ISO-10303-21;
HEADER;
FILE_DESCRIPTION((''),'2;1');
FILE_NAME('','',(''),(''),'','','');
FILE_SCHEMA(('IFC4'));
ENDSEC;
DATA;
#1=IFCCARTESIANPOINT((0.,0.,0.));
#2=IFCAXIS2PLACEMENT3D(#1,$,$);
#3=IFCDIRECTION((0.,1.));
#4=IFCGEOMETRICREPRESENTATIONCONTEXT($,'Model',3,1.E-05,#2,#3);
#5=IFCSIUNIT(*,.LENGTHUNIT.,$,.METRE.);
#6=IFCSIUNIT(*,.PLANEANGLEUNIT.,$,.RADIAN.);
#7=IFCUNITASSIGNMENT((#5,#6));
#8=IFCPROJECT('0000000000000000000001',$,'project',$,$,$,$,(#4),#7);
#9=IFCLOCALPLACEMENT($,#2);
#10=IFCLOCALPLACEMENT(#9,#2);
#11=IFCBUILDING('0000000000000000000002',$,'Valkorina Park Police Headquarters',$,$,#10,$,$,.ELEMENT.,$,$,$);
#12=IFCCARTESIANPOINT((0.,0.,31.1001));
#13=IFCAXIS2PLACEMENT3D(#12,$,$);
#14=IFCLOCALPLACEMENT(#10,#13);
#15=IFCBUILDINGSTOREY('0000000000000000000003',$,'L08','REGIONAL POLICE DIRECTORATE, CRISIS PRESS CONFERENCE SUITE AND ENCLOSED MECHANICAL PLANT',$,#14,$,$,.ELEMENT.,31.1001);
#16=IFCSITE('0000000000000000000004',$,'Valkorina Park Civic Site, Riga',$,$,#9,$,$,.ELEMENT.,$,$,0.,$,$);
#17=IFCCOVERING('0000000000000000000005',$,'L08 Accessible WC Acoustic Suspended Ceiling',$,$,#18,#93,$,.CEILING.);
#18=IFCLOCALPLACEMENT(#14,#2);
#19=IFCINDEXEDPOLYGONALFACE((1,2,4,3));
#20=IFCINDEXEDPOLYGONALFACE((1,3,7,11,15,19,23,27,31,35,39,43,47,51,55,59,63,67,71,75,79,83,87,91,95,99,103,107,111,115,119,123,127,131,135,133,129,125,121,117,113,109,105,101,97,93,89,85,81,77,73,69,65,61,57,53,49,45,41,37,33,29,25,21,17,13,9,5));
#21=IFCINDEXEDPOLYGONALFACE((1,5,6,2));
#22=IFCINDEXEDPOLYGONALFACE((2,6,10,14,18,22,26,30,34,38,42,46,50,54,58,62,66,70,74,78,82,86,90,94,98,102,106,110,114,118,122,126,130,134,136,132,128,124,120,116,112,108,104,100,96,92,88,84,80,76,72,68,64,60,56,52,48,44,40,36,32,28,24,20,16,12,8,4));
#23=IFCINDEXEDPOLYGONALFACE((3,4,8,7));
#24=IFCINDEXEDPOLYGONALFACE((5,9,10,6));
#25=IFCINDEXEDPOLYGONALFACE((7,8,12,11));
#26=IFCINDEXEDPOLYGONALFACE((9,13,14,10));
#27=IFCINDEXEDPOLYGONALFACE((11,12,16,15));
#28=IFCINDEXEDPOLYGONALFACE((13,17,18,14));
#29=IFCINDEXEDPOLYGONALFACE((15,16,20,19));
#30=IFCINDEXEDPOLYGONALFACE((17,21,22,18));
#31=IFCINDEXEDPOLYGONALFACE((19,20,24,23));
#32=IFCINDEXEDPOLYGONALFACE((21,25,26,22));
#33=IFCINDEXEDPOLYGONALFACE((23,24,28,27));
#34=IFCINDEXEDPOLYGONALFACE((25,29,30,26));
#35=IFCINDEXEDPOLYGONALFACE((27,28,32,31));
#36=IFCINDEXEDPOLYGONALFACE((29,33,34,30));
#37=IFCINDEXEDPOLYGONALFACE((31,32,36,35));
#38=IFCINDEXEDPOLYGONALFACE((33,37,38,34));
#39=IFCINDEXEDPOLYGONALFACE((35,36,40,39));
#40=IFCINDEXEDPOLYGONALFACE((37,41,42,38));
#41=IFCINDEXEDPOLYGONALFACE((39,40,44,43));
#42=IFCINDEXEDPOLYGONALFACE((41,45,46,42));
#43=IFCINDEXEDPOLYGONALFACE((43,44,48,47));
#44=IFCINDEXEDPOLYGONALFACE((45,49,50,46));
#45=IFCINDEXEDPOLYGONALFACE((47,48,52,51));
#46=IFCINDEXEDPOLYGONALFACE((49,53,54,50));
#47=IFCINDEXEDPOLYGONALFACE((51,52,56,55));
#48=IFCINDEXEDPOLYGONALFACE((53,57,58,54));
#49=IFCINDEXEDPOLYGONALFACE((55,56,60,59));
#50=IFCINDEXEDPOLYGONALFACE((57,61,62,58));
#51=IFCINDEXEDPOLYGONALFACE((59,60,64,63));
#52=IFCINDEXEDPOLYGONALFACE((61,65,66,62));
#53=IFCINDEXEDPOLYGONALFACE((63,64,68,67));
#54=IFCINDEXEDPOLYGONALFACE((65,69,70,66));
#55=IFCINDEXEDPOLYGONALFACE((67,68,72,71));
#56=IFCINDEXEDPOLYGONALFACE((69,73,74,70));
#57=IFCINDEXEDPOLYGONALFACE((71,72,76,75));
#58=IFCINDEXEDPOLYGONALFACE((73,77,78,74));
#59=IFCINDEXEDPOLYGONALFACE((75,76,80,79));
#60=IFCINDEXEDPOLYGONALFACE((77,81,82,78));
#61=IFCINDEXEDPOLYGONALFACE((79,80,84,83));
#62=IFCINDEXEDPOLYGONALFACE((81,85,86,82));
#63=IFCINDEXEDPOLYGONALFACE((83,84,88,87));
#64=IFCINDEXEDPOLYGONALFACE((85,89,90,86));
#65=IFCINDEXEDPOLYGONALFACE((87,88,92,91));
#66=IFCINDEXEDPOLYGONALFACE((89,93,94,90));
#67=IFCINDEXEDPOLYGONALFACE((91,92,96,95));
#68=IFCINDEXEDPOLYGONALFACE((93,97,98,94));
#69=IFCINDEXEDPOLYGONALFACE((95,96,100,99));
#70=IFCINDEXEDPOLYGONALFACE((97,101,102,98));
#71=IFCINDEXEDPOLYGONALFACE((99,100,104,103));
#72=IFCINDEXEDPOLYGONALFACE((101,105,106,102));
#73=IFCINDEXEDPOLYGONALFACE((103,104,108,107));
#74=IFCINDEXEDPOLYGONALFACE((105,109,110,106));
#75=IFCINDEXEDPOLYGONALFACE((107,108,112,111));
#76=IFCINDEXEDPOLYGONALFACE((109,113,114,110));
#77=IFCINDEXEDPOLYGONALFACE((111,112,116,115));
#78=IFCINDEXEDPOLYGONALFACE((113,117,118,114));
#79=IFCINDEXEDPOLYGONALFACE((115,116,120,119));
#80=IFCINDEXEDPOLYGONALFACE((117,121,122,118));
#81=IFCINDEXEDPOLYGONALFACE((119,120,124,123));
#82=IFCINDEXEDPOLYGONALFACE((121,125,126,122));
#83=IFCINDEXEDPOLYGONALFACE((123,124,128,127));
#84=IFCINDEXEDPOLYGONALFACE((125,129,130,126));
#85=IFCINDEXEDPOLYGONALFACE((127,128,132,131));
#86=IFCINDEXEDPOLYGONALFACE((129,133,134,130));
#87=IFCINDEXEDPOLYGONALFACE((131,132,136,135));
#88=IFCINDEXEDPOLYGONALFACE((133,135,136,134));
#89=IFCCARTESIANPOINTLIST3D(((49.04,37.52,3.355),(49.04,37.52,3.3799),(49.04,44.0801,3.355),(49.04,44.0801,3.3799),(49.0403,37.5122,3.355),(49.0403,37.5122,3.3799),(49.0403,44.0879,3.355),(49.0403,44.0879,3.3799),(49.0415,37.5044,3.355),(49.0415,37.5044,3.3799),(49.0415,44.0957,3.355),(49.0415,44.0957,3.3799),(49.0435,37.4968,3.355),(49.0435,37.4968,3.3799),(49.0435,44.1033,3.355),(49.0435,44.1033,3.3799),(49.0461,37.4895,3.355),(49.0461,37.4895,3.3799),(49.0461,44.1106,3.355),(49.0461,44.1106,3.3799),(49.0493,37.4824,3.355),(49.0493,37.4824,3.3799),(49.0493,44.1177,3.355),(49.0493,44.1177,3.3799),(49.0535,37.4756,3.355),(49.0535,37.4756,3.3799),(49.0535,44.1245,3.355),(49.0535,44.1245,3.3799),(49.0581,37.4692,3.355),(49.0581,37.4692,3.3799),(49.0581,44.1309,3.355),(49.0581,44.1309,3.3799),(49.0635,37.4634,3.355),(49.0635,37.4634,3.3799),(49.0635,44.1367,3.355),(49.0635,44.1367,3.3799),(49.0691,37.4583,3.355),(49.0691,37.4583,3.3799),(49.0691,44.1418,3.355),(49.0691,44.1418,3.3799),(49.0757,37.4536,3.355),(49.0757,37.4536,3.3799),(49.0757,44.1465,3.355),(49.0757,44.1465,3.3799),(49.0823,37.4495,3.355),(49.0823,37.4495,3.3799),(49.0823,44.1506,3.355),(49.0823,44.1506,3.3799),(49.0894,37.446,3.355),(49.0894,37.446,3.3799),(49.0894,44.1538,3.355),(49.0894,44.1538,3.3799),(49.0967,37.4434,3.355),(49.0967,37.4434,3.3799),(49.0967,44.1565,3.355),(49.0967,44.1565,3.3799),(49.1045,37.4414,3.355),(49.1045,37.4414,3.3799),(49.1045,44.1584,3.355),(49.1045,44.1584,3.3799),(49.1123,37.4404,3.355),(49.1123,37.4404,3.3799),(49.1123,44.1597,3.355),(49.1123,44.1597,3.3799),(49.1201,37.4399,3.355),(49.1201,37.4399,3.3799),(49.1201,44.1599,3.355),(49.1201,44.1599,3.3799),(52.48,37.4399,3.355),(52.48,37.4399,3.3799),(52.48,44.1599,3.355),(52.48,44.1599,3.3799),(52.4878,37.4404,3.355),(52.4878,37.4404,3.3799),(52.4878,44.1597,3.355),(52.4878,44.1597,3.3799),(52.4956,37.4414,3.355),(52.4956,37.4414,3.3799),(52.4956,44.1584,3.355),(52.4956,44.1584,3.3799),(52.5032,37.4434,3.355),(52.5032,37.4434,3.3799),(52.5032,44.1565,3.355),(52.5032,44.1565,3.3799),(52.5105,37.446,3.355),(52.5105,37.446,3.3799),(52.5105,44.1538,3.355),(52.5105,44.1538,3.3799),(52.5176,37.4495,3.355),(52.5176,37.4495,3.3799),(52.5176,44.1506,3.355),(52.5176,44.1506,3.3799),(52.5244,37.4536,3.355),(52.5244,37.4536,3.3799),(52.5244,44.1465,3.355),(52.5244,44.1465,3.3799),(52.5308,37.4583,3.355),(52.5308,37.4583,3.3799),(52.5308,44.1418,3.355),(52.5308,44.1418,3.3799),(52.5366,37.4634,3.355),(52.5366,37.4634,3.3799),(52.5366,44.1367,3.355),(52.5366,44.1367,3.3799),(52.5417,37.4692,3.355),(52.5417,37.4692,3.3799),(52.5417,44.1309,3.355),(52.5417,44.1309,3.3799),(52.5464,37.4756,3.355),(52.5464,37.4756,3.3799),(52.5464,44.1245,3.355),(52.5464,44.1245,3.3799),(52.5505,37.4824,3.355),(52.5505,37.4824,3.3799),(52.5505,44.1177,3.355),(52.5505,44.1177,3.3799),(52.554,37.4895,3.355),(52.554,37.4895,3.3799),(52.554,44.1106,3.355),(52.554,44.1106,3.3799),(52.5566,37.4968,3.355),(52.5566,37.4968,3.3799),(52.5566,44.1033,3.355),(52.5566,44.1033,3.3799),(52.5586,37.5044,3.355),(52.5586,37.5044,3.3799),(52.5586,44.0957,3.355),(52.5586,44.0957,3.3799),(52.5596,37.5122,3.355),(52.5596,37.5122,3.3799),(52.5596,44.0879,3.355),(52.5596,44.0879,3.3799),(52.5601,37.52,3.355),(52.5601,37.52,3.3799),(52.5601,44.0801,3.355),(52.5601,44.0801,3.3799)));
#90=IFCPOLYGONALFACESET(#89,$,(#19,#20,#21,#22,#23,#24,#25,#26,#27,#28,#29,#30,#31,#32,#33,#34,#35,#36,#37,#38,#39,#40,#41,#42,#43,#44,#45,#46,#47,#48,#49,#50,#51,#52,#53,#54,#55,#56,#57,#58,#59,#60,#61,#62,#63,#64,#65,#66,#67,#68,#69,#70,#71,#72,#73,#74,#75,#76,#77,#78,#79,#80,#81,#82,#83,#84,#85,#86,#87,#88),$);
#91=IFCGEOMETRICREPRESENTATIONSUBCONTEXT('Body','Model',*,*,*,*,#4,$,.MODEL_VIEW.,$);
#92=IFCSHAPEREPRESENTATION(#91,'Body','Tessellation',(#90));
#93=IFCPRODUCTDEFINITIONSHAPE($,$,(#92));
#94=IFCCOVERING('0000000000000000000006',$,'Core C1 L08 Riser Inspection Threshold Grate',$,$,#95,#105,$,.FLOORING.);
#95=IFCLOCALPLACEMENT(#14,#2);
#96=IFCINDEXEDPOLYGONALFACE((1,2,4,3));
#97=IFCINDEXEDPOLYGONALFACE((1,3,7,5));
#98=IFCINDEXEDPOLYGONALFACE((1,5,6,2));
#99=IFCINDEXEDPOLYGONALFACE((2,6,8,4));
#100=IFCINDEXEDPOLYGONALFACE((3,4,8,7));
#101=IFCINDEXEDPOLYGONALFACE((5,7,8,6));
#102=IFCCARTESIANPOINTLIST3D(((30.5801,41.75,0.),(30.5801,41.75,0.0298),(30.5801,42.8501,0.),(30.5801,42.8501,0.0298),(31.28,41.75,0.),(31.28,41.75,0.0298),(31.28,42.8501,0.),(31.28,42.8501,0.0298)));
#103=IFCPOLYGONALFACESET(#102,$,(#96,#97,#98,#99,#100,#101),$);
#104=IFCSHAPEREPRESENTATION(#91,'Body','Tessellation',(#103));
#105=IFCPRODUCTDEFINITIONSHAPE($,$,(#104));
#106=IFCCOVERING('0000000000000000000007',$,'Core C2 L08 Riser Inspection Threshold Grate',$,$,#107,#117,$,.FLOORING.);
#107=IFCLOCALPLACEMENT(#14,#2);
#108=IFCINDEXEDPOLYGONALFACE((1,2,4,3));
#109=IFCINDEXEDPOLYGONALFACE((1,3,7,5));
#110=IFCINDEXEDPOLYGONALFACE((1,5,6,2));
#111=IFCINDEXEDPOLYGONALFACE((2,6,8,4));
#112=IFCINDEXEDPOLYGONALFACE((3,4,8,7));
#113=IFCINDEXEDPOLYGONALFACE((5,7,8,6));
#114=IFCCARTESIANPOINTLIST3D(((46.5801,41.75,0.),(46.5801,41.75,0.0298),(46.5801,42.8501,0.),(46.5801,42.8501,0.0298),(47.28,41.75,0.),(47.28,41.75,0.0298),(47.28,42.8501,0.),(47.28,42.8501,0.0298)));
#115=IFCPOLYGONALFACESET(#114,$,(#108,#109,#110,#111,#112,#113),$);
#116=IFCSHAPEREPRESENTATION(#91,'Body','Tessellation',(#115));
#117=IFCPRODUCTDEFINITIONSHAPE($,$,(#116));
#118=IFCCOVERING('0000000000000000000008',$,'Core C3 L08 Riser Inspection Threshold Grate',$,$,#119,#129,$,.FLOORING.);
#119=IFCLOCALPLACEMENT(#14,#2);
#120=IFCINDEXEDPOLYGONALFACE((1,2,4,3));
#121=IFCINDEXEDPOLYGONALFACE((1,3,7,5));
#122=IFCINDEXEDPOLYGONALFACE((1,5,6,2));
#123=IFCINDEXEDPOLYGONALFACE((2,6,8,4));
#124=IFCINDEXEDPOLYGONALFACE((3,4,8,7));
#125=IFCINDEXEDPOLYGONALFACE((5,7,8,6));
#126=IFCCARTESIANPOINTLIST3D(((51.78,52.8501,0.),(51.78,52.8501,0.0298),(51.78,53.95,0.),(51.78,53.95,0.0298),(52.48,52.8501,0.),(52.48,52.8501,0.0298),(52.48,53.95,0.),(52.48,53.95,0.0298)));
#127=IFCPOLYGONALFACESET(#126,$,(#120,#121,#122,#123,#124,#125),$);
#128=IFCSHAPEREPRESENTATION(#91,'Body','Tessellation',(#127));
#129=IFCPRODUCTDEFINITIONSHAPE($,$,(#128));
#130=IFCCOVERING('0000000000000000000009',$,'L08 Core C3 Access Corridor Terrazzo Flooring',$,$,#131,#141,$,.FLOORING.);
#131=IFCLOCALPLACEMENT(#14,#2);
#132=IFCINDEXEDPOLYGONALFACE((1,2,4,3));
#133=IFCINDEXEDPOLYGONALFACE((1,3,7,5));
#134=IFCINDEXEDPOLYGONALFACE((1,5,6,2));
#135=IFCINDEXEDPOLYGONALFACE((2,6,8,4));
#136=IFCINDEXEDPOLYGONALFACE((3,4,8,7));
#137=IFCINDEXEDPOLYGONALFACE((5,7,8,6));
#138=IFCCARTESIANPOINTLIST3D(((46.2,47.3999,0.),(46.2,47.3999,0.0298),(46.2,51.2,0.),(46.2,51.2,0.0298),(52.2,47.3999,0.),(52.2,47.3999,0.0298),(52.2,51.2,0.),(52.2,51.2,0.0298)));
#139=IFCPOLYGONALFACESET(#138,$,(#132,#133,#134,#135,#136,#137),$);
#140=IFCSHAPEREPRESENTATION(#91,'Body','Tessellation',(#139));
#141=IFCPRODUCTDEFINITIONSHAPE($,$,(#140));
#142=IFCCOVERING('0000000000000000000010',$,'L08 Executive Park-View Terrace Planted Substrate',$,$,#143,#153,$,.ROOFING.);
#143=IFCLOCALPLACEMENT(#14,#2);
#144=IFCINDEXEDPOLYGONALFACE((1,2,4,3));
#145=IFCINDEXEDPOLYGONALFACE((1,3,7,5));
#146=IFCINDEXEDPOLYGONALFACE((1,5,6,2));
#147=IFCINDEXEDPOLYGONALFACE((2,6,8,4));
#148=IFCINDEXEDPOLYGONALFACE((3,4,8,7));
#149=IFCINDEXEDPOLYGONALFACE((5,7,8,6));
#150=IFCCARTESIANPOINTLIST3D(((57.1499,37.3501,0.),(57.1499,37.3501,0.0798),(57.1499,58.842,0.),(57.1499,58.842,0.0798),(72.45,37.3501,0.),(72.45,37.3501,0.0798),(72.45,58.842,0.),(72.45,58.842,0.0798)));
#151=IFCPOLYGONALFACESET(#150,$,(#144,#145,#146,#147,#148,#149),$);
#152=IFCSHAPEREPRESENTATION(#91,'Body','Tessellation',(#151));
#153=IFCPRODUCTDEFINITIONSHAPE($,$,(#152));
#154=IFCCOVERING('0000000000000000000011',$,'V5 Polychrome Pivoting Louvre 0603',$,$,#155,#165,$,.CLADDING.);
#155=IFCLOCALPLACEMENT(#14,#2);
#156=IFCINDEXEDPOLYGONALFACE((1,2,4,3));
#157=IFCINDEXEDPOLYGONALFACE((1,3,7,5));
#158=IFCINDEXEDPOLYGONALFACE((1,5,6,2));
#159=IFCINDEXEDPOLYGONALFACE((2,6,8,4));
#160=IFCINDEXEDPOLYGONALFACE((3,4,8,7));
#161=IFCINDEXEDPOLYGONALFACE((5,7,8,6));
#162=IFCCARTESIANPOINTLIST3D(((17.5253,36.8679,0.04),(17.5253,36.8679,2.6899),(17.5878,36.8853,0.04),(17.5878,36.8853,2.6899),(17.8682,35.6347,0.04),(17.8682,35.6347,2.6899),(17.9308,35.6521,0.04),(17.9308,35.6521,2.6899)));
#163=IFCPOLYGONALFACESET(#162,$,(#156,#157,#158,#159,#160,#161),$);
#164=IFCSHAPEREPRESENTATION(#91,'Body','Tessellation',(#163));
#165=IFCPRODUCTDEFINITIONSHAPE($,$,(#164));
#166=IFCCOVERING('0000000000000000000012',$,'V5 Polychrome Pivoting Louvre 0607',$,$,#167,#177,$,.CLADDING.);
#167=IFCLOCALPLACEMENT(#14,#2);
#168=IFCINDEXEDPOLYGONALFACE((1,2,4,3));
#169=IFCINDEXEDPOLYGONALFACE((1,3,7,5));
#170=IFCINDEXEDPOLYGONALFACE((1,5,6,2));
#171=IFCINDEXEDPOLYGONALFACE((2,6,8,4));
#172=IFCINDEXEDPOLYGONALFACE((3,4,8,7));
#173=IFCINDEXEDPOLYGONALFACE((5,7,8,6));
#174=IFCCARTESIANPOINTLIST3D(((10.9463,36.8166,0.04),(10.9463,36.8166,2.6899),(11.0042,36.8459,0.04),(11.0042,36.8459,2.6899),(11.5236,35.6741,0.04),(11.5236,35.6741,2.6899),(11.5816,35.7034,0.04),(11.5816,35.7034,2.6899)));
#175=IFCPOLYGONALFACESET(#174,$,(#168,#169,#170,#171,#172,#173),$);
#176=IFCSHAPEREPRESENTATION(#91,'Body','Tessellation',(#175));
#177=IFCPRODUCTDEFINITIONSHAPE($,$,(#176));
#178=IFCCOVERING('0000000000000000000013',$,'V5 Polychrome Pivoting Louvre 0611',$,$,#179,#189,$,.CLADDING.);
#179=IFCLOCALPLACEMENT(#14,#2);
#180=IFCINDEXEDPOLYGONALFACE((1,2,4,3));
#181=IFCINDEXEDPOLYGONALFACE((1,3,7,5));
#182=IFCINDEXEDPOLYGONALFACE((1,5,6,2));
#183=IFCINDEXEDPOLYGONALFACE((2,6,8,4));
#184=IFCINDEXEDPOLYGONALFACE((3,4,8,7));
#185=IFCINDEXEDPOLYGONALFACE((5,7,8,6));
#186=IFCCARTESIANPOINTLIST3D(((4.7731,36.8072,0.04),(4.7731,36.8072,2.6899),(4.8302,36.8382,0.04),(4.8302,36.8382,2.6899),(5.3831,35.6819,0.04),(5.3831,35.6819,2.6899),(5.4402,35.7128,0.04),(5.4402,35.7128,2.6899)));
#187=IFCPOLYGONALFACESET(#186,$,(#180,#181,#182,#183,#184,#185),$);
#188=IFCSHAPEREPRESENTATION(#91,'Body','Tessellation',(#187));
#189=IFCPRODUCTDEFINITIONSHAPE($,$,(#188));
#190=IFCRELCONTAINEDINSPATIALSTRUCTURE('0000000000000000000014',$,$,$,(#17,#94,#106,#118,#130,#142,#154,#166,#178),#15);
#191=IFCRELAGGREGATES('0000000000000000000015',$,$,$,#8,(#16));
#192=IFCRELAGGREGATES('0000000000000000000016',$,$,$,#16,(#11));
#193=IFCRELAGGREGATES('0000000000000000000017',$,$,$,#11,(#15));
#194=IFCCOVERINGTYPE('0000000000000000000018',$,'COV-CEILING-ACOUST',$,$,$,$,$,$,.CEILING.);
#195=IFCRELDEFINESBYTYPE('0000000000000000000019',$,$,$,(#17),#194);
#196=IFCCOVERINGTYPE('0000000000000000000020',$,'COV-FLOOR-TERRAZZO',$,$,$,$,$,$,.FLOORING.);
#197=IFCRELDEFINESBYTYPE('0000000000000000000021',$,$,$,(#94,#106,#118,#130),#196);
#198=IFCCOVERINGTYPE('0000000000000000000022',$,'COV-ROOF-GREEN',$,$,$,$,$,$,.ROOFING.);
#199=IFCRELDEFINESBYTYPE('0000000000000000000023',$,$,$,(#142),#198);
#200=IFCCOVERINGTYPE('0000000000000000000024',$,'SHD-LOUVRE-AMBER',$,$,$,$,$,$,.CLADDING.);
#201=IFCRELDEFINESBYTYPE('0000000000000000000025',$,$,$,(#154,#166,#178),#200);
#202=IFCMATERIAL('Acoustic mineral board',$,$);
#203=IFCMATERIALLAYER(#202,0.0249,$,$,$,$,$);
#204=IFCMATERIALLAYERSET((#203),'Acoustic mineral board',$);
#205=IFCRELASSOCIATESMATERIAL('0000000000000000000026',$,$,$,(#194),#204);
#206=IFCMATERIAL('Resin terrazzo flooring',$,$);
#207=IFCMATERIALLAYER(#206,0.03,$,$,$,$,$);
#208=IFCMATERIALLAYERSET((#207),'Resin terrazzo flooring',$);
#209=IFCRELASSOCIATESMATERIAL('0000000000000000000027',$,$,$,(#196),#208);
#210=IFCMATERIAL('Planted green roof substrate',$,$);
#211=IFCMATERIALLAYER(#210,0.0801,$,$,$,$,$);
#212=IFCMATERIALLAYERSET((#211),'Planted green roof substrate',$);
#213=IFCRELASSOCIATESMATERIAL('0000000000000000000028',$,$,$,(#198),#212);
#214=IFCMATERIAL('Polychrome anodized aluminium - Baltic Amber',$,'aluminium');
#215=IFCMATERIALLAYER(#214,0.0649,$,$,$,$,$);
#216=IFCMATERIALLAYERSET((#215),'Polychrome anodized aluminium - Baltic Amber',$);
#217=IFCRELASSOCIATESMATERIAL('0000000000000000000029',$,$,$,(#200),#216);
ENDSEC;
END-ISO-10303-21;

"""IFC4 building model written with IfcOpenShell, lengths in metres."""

from ifc_helpers import new_model, si_unit, direction, frame, origin, origin_2d, place, context, subcontext, project, spatial, polyline, rectangle, outline, extrude, material, layer, layer_set, type_object, element, save


model = new_model("IFC4")

# Units and contexts
model_context = context("Model", 3, precision=1e-05, world=origin(), true_north=direction((0.0, 1.0)))
body_context = subcontext(model_context, "Body", "Model", "MODEL_VIEW")
ifc_project = project(units=[si_unit("LENGTHUNIT", "METRE"), si_unit("PLANEANGLEUNIT", "RADIAN")], contexts=[model_context])

# Site, building, storey
site_placement = place(None, origin())
site = spatial("IfcSite", under=ifc_project, at=site_placement, Name="Valkorina Park Civic Site, Riga", CompositionType="ELEMENT", RefElevation=0.0)
building_placement = place(site_placement, origin())
building = spatial("IfcBuilding", under=site, at=building_placement, Name="Valkorina Park Police Headquarters", CompositionType="ELEMENT")
storey_placement = place(building_placement, frame((0.0, 0.0, 31.1001)))
storey = spatial("IfcBuildingStorey", under=building, at=storey_placement, Name="L08", Description="REGIONAL POLICE DIRECTORATE, CRISIS PRESS CONFERENCE SUITE AND ENCLOSED MECHANICAL PLANT", CompositionType="ELEMENT", Elevation=31.1001)

# Coverings
ifc_material_1 = material(Name="Acoustic mineral board")
ifc_layer_1 = layer(ifc_material_1, 0.0249)
ifc_layer_set_1 = layer_set([ifc_layer_1], Name="Acoustic mineral board")
covering_type_1 = type_object("IfcCoveringType", Name="COV-CEILING-ACOUST", PredefinedType="CEILING", material=ifc_layer_set_1)
covering_1_placement = place(storey_placement, frame((0.0, 0.0, 3.355)))
element("IfcCovering", 1, at=covering_1_placement, inside=storey, type_object=covering_type_1, Name="L08 Accessible WC Acoustic Suspended Ceiling", PredefinedType="CEILING", context=body_context, shape_type="SweptSolid", body=[
    extrude(outline(polyline([(52.4956, 44.1584), (52.4878, 44.1597), (52.48, 44.1599), (49.1201, 44.1599), (49.1123, 44.1597), (49.1045, 44.1584), (49.0967, 44.1565), (49.0894, 44.1538), (49.0823, 44.1506), (49.0757, 44.1465), (49.0691, 44.1418), (49.0635, 44.1367), (49.0581, 44.1309), (49.0535, 44.1245), (49.0493, 44.1177), (49.0461, 44.1106), (49.0435, 44.1033), (49.0415, 44.0957), (49.0403, 44.0879), (49.04, 44.0801), (49.04, 37.52), (49.0403, 37.5122), (49.0415, 37.5044), (49.0435, 37.4968), (49.0461, 37.4895), (49.0493, 37.4824), (49.0535, 37.4756), (49.0581, 37.4692), (49.0635, 37.4634), (49.0691, 37.4583), (49.0757, 37.4536), (49.0823, 37.4495), (49.0894, 37.446), (49.0967, 37.4434), (49.1045, 37.4414), (49.1123, 37.4404), (49.1201, 37.4399), (52.48, 37.4399), (52.4878, 37.4404), (52.4956, 37.4414), (52.5032, 37.4434), (52.5105, 37.446), (52.5176, 37.4495), (52.5244, 37.4536), (52.5308, 37.4583), (52.5366, 37.4634), (52.5417, 37.4692), (52.5464, 37.4756), (52.5505, 37.4824), (52.554, 37.4895), (52.5566, 37.4968), (52.5586, 37.5044), (52.5596, 37.5122), (52.5601, 37.52), (52.5601, 44.0801), (52.5596, 44.0879), (52.5586, 44.0957), (52.5566, 44.1033), (52.554, 44.1106), (52.5505, 44.1177), (52.5464, 44.1245), (52.5417, 44.1309), (52.5366, 44.1367), (52.5308, 44.1418), (52.5244, 44.1465), (52.5176, 44.1506), (52.5105, 44.1538), (52.5032, 44.1565), (52.4956, 44.1584)])), origin(), (0.0, 0.0, 1.0), 0.0249),
])
ifc_material_2 = material(Name="Resin terrazzo flooring")
ifc_layer_2 = layer(ifc_material_2, 0.03)
ifc_layer_set_2 = layer_set([ifc_layer_2], Name="Resin terrazzo flooring")
covering_type_2 = type_object("IfcCoveringType", Name="COV-FLOOR-TERRAZZO", PredefinedType="FLOORING", material=ifc_layer_set_2)
covering_2_placement = place(storey_placement, origin())
element("IfcCovering", 2, at=covering_2_placement, inside=storey, type_object=covering_type_2, Name="Core C1 L08 Riser Inspection Threshold Grate", PredefinedType="FLOORING", context=body_context, shape_type="SweptSolid", body=[
    extrude(outline(polyline([(31.28, 41.75), (31.28, 42.8501), (30.5801, 42.8501), (30.5801, 41.75), (31.28, 41.75)])), origin(), (0.0, 0.0, 1.0), 0.0298),
])
covering_3_placement = place(storey_placement, origin())
element("IfcCovering", 3, at=covering_3_placement, inside=storey, type_object=covering_type_2, Name="Core C2 L08 Riser Inspection Threshold Grate", PredefinedType="FLOORING", context=body_context, shape_type="SweptSolid", body=[
    extrude(outline(polyline([(47.28, 41.75), (47.28, 42.8501), (46.5801, 42.8501), (46.5801, 41.75), (47.28, 41.75)])), origin(), (0.0, 0.0, 1.0), 0.0298),
])
covering_4_placement = place(storey_placement, origin())
element("IfcCovering", 4, at=covering_4_placement, inside=storey, type_object=covering_type_2, Name="Core C3 L08 Riser Inspection Threshold Grate", PredefinedType="FLOORING", context=body_context, shape_type="SweptSolid", body=[
    extrude(outline(polyline([(52.48, 52.8501), (52.48, 53.95), (51.78, 53.95), (51.78, 52.8501), (52.48, 52.8501)])), origin(), (0.0, 0.0, 1.0), 0.0298),
])
covering_5_placement = place(storey_placement, origin())
element("IfcCovering", 5, at=covering_5_placement, inside=storey, type_object=covering_type_2, Name="L08 Core C3 Access Corridor Terrazzo Flooring", PredefinedType="FLOORING", context=body_context, shape_type="SweptSolid", body=[
    extrude(outline(polyline([(46.2, 51.2), (46.2, 47.3999), (52.2, 47.3999), (52.2, 51.2), (46.2, 51.2)])), origin(), (0.0, 0.0, 1.0), 0.0298),
])
ifc_material_3 = material(Name="Planted green roof substrate")
ifc_layer_3 = layer(ifc_material_3, 0.0801)
ifc_layer_set_3 = layer_set([ifc_layer_3], Name="Planted green roof substrate")
covering_type_3 = type_object("IfcCoveringType", Name="COV-ROOF-GREEN", PredefinedType="ROOFING", material=ifc_layer_set_3)
covering_6_placement = place(storey_placement, origin())
element("IfcCovering", 6, at=covering_6_placement, inside=storey, type_object=covering_type_3, Name="L08 Executive Park-View Terrace Planted Substrate", PredefinedType="ROOFING", context=body_context, shape_type="SweptSolid", body=[
    extrude(outline(polyline([(72.45, 58.842), (57.1499, 58.842), (57.1499, 37.3501), (72.45, 37.3501), (72.45, 58.842)])), origin(), (0.0, 0.0, 1.0), 0.0798),
])
ifc_material_4 = material(Name="Polychrome anodized aluminium - Baltic Amber", Category="aluminium")
ifc_layer_4 = layer(ifc_material_4, 0.0649)
ifc_layer_set_4 = layer_set([ifc_layer_4], Name="Polychrome anodized aluminium - Baltic Amber")
covering_type_4 = type_object("IfcCoveringType", Name="SHD-LOUVRE-AMBER", PredefinedType="CLADDING", material=ifc_layer_set_4)
for number, where, z_axis, x_axis, name in (
    (7, (17.728, 36.26, 0.04), (0.0, 0.0, 1.0), (0.267911, -0.963444, 0.0), "V5 Polychrome Pivoting Louvre 0603"),
    (8, (11.2639, 36.26, 0.04), (0.0, 0.0, 1.0), (0.451033, -0.892507, 0.0), "V5 Polychrome Pivoting Louvre 0607"),
    (9, (5.1067, 36.26, 0.04), (0.0, 0.0, 1.0), (0.476545, -0.87915, 0.0), "V5 Polychrome Pivoting Louvre 0611"),
):
    element("IfcCovering", number, at=place(storey_placement, frame(where, z_axis=z_axis, x_axis=x_axis)), inside=storey, type_object=covering_type_4, Name=name, PredefinedType="CLADDING", context=body_context, shape_type="SweptSolid", body=[
        extrude(rectangle(XDim=1.28, YDim=0.0649, at=origin_2d()), origin(), (0.0, 0.0, 1.0), 2.6499),
    ])

save(model, "model.ifc")
